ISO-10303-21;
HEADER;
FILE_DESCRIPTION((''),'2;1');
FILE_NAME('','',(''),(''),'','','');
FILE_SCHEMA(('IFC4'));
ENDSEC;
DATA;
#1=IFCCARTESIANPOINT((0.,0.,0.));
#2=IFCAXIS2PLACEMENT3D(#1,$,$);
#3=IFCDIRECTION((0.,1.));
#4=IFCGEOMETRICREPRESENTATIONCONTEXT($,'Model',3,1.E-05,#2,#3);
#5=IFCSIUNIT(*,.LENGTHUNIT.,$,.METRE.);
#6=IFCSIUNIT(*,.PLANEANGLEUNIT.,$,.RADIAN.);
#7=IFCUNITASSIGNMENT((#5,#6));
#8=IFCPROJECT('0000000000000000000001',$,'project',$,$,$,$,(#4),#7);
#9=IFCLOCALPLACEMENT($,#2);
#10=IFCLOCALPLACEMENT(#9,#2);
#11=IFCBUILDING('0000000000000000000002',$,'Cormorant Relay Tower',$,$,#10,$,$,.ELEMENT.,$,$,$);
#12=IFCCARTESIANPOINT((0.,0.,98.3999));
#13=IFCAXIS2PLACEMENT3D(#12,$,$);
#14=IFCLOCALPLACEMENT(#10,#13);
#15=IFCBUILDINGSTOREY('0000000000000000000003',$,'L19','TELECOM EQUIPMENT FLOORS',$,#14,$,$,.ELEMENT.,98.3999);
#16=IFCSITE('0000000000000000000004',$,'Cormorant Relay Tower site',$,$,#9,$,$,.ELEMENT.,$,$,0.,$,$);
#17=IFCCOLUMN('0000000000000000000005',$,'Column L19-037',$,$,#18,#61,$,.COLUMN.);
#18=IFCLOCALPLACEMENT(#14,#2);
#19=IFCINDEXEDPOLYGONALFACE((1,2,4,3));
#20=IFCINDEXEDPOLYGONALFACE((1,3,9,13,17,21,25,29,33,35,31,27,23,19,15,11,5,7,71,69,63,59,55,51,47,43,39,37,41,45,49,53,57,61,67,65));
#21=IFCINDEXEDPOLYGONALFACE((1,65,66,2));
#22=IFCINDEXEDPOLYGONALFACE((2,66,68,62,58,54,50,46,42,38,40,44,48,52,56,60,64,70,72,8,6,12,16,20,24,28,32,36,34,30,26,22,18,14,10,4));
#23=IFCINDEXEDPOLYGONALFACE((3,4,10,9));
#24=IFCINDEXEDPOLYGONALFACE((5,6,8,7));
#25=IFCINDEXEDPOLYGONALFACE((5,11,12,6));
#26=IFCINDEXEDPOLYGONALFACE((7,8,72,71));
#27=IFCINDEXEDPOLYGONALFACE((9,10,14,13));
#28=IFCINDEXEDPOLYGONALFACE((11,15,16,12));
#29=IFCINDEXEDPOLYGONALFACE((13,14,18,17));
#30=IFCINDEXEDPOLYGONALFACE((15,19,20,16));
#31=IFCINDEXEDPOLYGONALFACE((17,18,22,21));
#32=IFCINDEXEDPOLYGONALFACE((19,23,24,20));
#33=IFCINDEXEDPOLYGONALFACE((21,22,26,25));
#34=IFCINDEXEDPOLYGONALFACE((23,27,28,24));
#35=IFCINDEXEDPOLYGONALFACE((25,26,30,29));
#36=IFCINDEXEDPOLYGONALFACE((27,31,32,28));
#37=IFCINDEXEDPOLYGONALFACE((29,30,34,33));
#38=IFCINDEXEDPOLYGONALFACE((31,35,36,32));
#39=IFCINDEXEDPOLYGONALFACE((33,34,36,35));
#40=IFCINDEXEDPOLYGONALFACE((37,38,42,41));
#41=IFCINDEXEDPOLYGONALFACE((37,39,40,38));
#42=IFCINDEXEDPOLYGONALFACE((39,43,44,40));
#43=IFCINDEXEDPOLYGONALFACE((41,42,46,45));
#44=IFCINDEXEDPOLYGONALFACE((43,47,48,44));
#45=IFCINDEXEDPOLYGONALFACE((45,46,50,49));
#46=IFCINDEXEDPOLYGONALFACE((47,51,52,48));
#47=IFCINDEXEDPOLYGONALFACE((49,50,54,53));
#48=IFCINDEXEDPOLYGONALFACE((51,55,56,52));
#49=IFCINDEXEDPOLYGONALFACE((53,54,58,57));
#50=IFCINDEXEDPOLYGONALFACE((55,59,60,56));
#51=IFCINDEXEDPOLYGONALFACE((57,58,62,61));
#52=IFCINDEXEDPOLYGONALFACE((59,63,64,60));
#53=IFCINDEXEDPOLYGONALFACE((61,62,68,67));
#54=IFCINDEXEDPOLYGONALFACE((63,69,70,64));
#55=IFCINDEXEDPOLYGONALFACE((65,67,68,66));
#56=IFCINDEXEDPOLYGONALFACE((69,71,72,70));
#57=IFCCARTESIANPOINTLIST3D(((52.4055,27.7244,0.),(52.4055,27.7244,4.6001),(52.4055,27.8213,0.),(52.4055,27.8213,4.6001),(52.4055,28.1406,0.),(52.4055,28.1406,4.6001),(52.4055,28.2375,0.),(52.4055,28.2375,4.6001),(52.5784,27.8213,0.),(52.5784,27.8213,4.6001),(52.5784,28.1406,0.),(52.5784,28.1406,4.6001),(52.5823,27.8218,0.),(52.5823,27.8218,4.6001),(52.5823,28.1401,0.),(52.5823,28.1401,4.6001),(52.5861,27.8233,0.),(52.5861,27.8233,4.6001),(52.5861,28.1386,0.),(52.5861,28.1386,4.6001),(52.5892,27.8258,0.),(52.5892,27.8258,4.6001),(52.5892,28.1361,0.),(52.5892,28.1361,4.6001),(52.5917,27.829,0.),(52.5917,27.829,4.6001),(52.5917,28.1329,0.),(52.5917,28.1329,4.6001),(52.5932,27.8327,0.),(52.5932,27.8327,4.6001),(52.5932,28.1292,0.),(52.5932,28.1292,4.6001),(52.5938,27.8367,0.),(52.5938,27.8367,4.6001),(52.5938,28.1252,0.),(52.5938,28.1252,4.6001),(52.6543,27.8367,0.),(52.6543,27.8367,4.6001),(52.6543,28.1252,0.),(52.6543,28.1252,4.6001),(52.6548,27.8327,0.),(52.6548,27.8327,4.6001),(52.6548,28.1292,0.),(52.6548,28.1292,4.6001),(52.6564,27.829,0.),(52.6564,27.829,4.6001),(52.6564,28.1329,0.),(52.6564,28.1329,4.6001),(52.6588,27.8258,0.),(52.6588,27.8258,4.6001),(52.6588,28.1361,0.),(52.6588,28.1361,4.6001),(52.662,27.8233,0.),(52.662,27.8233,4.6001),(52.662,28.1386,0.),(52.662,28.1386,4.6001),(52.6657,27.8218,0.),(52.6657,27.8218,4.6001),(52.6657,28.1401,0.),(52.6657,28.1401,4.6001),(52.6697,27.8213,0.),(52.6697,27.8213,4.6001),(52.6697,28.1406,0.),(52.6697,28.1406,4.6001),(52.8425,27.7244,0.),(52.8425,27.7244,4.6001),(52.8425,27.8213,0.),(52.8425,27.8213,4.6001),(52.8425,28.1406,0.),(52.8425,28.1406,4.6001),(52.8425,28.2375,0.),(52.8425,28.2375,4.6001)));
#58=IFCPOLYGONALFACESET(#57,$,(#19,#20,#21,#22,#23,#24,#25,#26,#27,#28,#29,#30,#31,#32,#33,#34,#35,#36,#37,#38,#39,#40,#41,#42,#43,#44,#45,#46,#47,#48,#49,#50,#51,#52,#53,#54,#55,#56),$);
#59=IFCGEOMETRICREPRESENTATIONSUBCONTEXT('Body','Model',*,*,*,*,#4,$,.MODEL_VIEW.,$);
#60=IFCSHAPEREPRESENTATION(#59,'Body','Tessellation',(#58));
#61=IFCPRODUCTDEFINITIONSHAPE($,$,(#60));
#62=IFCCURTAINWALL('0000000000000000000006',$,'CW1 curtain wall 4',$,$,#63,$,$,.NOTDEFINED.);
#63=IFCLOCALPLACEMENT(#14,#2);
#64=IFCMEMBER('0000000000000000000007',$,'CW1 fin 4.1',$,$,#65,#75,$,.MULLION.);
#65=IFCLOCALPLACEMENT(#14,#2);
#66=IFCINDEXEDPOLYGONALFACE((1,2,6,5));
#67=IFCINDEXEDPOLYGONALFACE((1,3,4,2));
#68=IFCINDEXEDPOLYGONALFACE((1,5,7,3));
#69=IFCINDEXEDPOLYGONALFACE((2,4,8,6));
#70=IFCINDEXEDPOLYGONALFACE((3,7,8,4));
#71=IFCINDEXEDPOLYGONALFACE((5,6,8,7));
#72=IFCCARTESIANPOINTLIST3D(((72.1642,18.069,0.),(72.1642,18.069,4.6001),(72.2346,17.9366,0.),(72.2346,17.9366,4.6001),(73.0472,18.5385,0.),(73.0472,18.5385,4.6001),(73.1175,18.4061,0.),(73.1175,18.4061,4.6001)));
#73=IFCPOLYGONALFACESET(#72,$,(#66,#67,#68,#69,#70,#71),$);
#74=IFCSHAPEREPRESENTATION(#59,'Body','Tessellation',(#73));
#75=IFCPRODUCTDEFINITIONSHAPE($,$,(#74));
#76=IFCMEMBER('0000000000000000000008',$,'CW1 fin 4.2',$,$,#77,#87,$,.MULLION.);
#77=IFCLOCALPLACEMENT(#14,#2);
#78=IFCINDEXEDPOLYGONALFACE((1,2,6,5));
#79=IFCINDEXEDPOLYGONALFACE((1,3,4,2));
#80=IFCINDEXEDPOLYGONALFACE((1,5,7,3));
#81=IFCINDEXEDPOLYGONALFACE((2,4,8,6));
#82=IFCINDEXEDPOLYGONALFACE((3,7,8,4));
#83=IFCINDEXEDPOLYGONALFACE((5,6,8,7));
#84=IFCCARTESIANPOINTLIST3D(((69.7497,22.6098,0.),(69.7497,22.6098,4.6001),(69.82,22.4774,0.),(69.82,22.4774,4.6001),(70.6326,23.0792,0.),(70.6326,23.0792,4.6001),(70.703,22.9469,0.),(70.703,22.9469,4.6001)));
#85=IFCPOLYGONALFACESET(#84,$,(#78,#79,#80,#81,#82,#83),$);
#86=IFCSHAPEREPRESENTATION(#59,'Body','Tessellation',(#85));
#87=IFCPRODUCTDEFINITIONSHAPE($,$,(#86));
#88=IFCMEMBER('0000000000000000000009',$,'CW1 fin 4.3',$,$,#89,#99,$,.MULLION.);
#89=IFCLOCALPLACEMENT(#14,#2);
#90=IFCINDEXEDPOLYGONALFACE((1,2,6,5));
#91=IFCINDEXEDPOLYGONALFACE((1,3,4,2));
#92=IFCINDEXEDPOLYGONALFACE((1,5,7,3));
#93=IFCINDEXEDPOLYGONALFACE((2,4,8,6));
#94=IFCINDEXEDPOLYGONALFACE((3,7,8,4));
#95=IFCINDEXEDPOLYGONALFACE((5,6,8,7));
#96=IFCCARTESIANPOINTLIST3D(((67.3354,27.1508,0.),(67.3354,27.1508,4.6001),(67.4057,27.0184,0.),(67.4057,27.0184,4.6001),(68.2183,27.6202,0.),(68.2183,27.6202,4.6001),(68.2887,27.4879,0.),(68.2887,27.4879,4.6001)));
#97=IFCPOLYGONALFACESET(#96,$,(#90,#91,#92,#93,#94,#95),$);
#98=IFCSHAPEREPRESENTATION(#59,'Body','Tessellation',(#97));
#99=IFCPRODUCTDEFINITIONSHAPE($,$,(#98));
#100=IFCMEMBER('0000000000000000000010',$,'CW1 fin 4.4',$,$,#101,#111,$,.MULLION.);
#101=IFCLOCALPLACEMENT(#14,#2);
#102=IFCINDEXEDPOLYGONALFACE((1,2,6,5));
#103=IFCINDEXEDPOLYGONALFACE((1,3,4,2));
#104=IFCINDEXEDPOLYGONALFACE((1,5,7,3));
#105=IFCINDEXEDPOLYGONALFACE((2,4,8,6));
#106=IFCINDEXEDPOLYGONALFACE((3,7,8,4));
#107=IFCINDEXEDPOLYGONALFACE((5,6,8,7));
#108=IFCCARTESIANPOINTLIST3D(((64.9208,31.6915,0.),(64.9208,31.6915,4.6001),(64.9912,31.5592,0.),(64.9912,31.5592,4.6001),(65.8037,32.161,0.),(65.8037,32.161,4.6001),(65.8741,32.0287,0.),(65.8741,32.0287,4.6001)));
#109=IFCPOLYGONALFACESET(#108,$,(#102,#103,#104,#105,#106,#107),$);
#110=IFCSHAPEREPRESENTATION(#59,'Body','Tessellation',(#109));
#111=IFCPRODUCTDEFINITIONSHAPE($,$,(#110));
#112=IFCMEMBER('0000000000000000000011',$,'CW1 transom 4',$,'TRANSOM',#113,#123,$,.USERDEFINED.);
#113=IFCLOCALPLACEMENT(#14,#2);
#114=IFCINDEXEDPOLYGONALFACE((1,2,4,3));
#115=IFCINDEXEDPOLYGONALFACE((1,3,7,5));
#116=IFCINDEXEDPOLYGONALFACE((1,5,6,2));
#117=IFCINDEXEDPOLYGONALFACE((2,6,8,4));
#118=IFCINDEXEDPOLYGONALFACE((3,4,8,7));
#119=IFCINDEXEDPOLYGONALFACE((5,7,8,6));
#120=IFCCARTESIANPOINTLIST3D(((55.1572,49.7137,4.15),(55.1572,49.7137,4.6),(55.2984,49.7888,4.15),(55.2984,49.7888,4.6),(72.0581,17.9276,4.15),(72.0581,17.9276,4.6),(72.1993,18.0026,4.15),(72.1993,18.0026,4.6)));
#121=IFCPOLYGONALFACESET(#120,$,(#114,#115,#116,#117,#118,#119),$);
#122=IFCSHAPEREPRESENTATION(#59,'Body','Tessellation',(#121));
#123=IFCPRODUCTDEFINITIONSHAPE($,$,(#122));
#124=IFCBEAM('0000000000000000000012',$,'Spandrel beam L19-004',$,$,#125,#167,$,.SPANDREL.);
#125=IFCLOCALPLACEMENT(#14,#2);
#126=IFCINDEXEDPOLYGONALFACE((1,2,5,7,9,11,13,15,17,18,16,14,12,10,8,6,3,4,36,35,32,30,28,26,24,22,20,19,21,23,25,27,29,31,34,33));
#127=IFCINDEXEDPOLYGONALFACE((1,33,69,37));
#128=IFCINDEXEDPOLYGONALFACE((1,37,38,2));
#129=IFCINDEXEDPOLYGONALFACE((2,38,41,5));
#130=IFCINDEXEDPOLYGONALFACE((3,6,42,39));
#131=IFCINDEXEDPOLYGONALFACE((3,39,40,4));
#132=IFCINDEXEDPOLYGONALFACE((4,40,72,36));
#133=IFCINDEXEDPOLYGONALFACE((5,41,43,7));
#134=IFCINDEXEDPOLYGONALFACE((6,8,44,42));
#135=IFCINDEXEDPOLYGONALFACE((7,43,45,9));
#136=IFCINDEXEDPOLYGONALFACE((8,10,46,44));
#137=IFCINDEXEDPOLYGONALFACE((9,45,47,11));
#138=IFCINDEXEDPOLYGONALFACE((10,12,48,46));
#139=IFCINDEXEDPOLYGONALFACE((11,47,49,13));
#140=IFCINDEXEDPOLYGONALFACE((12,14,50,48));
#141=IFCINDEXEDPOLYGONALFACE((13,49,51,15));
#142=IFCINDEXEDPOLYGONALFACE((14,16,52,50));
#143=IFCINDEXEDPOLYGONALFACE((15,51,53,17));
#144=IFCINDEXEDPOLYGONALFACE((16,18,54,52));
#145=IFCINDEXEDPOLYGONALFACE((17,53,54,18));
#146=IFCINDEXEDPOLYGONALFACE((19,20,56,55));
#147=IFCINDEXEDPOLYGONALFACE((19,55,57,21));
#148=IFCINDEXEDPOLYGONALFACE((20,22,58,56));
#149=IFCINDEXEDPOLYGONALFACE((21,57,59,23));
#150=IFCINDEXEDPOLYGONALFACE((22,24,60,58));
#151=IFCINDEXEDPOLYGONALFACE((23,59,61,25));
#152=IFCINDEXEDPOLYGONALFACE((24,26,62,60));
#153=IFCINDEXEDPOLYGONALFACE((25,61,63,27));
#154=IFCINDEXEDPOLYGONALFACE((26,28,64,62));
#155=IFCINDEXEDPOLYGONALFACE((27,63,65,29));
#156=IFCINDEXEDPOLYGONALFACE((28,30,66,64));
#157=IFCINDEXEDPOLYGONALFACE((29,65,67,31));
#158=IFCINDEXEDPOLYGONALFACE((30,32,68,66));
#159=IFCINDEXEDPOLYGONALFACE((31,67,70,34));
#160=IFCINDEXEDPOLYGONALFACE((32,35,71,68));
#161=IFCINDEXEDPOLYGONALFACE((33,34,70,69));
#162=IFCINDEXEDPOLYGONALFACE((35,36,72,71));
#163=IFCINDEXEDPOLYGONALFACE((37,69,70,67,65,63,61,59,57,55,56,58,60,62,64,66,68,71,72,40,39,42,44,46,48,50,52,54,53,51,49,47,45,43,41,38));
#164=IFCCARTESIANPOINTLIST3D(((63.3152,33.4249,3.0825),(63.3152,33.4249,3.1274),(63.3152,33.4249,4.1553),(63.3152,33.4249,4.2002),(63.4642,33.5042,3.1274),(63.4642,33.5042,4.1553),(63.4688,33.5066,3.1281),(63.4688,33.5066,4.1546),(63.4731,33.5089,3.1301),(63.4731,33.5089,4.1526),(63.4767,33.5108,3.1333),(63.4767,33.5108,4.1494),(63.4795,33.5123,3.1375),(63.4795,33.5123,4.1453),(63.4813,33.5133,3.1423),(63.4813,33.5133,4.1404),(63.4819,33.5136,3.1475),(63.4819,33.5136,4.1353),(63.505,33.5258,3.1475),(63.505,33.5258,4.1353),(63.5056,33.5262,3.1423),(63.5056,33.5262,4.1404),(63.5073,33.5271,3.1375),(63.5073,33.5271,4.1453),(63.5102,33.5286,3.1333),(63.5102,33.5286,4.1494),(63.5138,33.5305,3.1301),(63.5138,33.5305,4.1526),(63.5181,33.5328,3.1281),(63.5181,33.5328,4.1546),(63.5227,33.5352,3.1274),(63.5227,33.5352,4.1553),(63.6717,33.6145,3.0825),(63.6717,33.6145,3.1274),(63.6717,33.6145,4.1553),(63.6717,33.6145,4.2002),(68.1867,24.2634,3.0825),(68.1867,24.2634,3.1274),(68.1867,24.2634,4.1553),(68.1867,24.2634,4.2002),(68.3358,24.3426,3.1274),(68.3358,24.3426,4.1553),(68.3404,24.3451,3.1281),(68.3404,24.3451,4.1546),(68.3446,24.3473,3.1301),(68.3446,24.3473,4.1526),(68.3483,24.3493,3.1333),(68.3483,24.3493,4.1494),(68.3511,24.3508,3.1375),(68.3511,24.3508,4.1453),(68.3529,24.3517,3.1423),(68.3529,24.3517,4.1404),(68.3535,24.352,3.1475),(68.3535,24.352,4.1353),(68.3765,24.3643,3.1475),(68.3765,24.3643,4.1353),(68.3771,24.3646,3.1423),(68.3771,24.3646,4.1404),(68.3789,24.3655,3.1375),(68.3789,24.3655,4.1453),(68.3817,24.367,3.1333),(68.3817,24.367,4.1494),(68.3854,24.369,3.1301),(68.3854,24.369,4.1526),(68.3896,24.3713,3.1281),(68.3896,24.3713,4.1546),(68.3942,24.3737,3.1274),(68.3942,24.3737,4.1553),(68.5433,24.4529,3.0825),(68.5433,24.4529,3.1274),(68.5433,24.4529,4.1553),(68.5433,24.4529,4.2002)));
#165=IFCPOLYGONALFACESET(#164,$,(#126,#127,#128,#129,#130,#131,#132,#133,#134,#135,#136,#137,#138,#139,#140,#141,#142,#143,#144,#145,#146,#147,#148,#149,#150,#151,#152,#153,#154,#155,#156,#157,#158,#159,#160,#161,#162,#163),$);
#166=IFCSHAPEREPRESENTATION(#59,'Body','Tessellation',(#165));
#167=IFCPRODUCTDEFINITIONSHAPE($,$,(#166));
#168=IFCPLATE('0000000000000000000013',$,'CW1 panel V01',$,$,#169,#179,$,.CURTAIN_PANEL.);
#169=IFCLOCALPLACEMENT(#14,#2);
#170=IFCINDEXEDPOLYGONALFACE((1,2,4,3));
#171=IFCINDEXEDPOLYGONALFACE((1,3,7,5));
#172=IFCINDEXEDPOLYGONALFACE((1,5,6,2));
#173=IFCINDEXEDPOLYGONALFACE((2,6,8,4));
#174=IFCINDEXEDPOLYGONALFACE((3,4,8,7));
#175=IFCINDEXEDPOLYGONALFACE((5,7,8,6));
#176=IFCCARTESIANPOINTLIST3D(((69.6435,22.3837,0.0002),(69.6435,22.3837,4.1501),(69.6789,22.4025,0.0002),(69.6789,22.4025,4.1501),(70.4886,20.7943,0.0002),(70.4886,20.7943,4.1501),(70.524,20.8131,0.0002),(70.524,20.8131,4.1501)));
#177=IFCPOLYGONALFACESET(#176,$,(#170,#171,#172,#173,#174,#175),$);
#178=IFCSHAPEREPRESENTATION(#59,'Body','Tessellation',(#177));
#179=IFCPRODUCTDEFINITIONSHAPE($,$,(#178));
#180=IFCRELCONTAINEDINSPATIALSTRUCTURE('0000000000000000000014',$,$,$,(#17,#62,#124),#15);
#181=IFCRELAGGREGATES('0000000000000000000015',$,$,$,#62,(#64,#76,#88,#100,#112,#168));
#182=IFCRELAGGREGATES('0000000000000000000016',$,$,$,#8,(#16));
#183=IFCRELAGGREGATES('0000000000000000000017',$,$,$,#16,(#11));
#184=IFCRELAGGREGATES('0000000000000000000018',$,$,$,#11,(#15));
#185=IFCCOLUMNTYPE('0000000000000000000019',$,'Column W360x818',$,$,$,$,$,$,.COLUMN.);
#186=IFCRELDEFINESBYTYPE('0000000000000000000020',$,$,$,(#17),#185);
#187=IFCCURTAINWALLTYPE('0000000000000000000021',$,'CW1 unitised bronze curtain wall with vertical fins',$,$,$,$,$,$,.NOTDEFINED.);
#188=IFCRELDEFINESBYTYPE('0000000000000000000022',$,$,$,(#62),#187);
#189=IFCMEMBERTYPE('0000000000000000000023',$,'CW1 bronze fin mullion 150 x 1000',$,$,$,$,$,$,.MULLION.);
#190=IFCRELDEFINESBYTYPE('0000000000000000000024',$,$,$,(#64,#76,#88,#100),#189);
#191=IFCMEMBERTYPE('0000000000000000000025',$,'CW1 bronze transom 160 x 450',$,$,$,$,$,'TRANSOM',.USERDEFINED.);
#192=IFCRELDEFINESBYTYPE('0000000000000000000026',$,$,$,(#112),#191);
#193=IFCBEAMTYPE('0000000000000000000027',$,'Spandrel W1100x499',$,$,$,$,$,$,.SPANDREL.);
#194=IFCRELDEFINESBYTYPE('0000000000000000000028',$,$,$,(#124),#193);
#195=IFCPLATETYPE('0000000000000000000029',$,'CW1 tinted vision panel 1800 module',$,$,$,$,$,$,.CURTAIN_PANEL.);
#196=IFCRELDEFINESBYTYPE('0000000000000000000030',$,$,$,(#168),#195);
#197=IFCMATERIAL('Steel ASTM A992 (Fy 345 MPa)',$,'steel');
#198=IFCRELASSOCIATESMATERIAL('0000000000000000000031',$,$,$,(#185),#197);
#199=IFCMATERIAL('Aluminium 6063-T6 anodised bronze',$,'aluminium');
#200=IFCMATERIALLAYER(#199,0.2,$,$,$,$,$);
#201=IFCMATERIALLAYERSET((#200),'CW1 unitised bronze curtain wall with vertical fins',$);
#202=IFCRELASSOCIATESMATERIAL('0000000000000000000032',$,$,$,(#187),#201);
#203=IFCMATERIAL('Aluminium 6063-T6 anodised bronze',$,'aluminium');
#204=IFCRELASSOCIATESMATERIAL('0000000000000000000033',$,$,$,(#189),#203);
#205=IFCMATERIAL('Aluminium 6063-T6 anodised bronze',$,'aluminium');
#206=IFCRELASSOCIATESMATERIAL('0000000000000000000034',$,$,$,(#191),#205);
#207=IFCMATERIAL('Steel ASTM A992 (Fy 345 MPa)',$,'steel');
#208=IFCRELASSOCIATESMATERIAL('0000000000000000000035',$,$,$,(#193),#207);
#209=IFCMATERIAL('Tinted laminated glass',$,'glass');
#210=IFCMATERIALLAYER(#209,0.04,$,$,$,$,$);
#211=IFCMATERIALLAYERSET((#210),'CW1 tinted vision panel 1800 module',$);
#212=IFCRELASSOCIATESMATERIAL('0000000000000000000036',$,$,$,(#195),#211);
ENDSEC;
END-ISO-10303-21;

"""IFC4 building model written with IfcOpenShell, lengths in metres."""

from ifc_helpers import new_model, si_unit, direction, frame, origin, origin_2d, place, context, subcontext, project, spatial, rectangle, i_section, extrude, material, layer, layer_set, material_profile, profile_set, type_object, element, aggregate, save


model = new_model("IFC4")

# Units and contexts
model_context = context("Model", 3, precision=1e-05, world=origin(), true_north=direction((0.0, 1.0)))
body_context = subcontext(model_context, "Body", "Model", "MODEL_VIEW")
ifc_project = project(units=[si_unit("LENGTHUNIT", "METRE"), si_unit("PLANEANGLEUNIT", "RADIAN")], contexts=[model_context])

# Site, building, storey
site_placement = place(None, origin())
site = spatial("IfcSite", under=ifc_project, at=site_placement, Name="Cormorant Relay Tower site", CompositionType="ELEMENT", RefElevation=0.0)
building_placement = place(site_placement, origin())
building = spatial("IfcBuilding", under=site, at=building_placement, Name="Cormorant Relay Tower", CompositionType="ELEMENT")
storey_placement = place(building_placement, frame((0.0, 0.0, 98.3999)))
storey = spatial("IfcBuildingStorey", under=building, at=storey_placement, Name="L19", Description="TELECOM EQUIPMENT FLOORS", CompositionType="ELEMENT", Elevation=98.3999)

# Column
ifc_material_1 = material(Name="Steel ASTM A992 (Fy 345 MPa)", Category="steel")
ifc_material_profile_1 = material_profile(ifc_material_1, i_section(OverallWidth=0.437, OverallDepth=0.5132, WebThickness=0.0605, FlangeThickness=0.0969, FilletRadius=0.0154, at=origin_2d()), Name="W360x818")
ifc_profile_set_1 = profile_set([ifc_material_profile_1], Name="Steel ASTM A992 (Fy 345 MPa)")
column_type_1 = type_object("IfcColumnType", Name="Column W360x818", PredefinedType="COLUMN", material=ifc_profile_set_1)
for number, where, z_axis, x_axis, name in (
    (1, (52.624, 27.981, 0.0), (0.0, 0.0, 1.0), (1.0, 0.0, 0.0), "Column L19-037"),
):
    element("IfcColumn", number, at=place(storey_placement, frame(where, z_axis=z_axis, x_axis=x_axis)), inside=storey, type_object=column_type_1, Name=name, PredefinedType="COLUMN", context=body_context, shape_type="SweptSolid", body=[
        extrude(i_section(OverallWidth=0.437, OverallDepth=0.5132, WebThickness=0.0605, FlangeThickness=0.0969, FilletRadius=0.0154, at=origin_2d()), origin(), (0.0, 0.0, 1.0), 4.6001),
    ])

# Curtain wall, members
ifc_material_2 = material(Name="Aluminium 6063-T6 anodised bronze", Category="aluminium")
ifc_layer_1 = layer(ifc_material_2, 0.2)
ifc_layer_set_1 = layer_set([ifc_layer_1], Name="CW1 unitised bronze curtain wall with vertical fins")
curtain_wall_type = type_object("IfcCurtainWallType", Name="CW1 unitised bronze curtain wall with vertical fins", PredefinedType="NOTDEFINED", material=ifc_layer_set_1)
curtain_wall_placement = place(storey_placement, origin())
curtain_wall = element("IfcCurtainWall", 2, at=curtain_wall_placement, inside=storey, type_object=curtain_wall_type, Name="CW1 curtain wall 4", PredefinedType="NOTDEFINED")
ifc_material_3 = material(Name="Aluminium 6063-T6 anodised bronze", Category="aluminium")
ifc_material_profile_2 = material_profile(ifc_material_3, rectangle(XDim=0.1499, YDim=1.0, at=origin_2d()), Name="AL 150x1000")
ifc_profile_set_2 = profile_set([ifc_material_profile_2], Name="Aluminium 6063-T6 anodised bronze")
member_type_1 = type_object("IfcMemberType", Name="CW1 bronze fin mullion 150 x 1000", PredefinedType="MULLION", material=ifc_profile_set_2)
member_1_placement = place(storey_placement, frame((72.6409, 18.2375, 0.0), z_axis=(0.0, 0.0, 1.0), x_axis=(-0.469472, 0.882948, 0.0)))
member_1 = element("IfcMember", 3, at=member_1_placement, type_object=member_type_1, Name="CW1 fin 4.1", PredefinedType="MULLION", context=body_context, shape_type="SweptSolid", body=[
    extrude(rectangle(XDim=0.1499, YDim=1.0, at=origin_2d()), origin(), (0.0, 0.0, 1.0), 4.6001),
])
member_2_placement = place(storey_placement, frame((70.2263, 22.7783, 0.0), z_axis=(0.0, 0.0, 1.0), x_axis=(-0.469472, 0.882948, 0.0)))
member_2 = element("IfcMember", 4, at=member_2_placement, type_object=member_type_1, Name="CW1 fin 4.2", PredefinedType="MULLION", context=body_context, shape_type="SweptSolid", body=[
    extrude(rectangle(XDim=0.1499, YDim=1.0, at=origin_2d()), origin(), (0.0, 0.0, 1.0), 4.6001),
])
member_3_placement = place(storey_placement, frame((67.812, 27.3193, 0.0), z_axis=(0.0, 0.0, 1.0), x_axis=(-0.469472, 0.882948, 0.0)))
member_3 = element("IfcMember", 5, at=member_3_placement, type_object=member_type_1, Name="CW1 fin 4.3", PredefinedType="MULLION", context=body_context, shape_type="SweptSolid", body=[
    extrude(rectangle(XDim=0.1499, YDim=1.0, at=origin_2d()), origin(), (0.0, 0.0, 1.0), 4.6001),
])
member_4_placement = place(storey_placement, frame((65.3975, 31.8601, 0.0), z_axis=(0.0, 0.0, 1.0), x_axis=(-0.469472, 0.882948, 0.0)))
member_4 = element("IfcMember", 6, at=member_4_placement, type_object=member_type_1, Name="CW1 fin 4.4", PredefinedType="MULLION", context=body_context, shape_type="SweptSolid", body=[
    extrude(rectangle(XDim=0.1499, YDim=1.0, at=origin_2d()), origin(), (0.0, 0.0, 1.0), 4.6001),
])
ifc_material_4 = material(Name="Aluminium 6063-T6 anodised bronze", Category="aluminium")
ifc_material_profile_3 = material_profile(ifc_material_4, rectangle(XDim=0.1599, YDim=0.45, at=origin_2d()), Name="AL 160x450")
ifc_profile_set_3 = profile_set([ifc_material_profile_3], Name="Aluminium 6063-T6 anodised bronze")
member_type_2 = type_object("IfcMemberType", Name="CW1 bronze transom 160 x 450", ElementType="TRANSOM", PredefinedType="USERDEFINED", material=ifc_profile_set_3)
member_5_placement = place(storey_placement, frame((72.1287, 17.9651, 4.375), z_axis=(-0.469469, 0.882949, 0.0), x_axis=(-0.882949, -0.469469, 0.0)))
member_5 = element("IfcMember", 7, at=member_5_placement, type_object=member_type_2, Name="CW1 transom 4", ObjectType="TRANSOM", PredefinedType="USERDEFINED", context=body_context, shape_type="SweptSolid", body=[
    extrude(rectangle(XDim=0.1599, YDim=0.45, at=origin_2d()), origin(), (0.0, 0.0, 1.0), 36.0),
])

# Beam
ifc_material_5 = material(Name="Steel ASTM A992 (Fy 345 MPa)", Category="steel")
ifc_material_profile_4 = material_profile(ifc_material_5, i_section(OverallWidth=0.4038, OverallDepth=1.1177, WebThickness=0.0261, FlangeThickness=0.0449, FilletRadius=0.02, at=origin_2d()), Name="W1100x499")
ifc_profile_set_4 = profile_set([ifc_material_profile_4], Name="Steel ASTM A992 (Fy 345 MPa)")
beam_type = type_object("IfcBeamType", Name="Spandrel W1100x499", PredefinedType="SPANDREL", material=ifc_profile_set_4)
beam_placement = place(storey_placement, frame((68.365, 24.3582, 3.6414), z_axis=(-0.469491, 0.882937, 0.0), x_axis=(-0.882937, -0.469491, 0.0)))
element("IfcBeam", 8, at=beam_placement, inside=storey, type_object=beam_type, Name="Spandrel beam L19-004", PredefinedType="SPANDREL", context=body_context, shape_type="SweptSolid", body=[
    extrude(i_section(OverallWidth=0.4038, OverallDepth=1.1177, WebThickness=0.0261, FlangeThickness=0.0449, FilletRadius=0.02, at=origin_2d()), origin(), (0.0, 0.0, 1.0), 10.3762),
])

# Plate
ifc_material_6 = material(Name="Tinted laminated glass", Category="glass")
ifc_layer_2 = layer(ifc_material_6, 0.04)
ifc_layer_set_2 = layer_set([ifc_layer_2], Name="CW1 tinted vision panel 1800 module")
plate_type_1 = type_object("IfcPlateType", Name="CW1 tinted vision panel 1800 module", PredefinedType="CURTAIN_PANEL", material=ifc_layer_set_2)
plate_1_placement = place(storey_placement, frame((70.0837, 21.5984, 0.0002), z_axis=(0.0, 0.0, 1.0), x_axis=(-0.469472, 0.882948, 0.0)))
plate_1 = element("IfcPlate", 9, at=plate_1_placement, type_object=plate_type_1, Name="CW1 panel V01", PredefinedType="CURTAIN_PANEL", context=body_context, shape_type="SweptSolid", body=[
    extrude(rectangle(XDim=1.8, YDim=0.04, at=origin_2d()), origin(), (0.0, 0.0, 1.0), 4.1499),
])

aggregate(curtain_wall, [member_1, member_2, member_3, member_4, member_5, plate_1])

save(model, "model.ifc")
